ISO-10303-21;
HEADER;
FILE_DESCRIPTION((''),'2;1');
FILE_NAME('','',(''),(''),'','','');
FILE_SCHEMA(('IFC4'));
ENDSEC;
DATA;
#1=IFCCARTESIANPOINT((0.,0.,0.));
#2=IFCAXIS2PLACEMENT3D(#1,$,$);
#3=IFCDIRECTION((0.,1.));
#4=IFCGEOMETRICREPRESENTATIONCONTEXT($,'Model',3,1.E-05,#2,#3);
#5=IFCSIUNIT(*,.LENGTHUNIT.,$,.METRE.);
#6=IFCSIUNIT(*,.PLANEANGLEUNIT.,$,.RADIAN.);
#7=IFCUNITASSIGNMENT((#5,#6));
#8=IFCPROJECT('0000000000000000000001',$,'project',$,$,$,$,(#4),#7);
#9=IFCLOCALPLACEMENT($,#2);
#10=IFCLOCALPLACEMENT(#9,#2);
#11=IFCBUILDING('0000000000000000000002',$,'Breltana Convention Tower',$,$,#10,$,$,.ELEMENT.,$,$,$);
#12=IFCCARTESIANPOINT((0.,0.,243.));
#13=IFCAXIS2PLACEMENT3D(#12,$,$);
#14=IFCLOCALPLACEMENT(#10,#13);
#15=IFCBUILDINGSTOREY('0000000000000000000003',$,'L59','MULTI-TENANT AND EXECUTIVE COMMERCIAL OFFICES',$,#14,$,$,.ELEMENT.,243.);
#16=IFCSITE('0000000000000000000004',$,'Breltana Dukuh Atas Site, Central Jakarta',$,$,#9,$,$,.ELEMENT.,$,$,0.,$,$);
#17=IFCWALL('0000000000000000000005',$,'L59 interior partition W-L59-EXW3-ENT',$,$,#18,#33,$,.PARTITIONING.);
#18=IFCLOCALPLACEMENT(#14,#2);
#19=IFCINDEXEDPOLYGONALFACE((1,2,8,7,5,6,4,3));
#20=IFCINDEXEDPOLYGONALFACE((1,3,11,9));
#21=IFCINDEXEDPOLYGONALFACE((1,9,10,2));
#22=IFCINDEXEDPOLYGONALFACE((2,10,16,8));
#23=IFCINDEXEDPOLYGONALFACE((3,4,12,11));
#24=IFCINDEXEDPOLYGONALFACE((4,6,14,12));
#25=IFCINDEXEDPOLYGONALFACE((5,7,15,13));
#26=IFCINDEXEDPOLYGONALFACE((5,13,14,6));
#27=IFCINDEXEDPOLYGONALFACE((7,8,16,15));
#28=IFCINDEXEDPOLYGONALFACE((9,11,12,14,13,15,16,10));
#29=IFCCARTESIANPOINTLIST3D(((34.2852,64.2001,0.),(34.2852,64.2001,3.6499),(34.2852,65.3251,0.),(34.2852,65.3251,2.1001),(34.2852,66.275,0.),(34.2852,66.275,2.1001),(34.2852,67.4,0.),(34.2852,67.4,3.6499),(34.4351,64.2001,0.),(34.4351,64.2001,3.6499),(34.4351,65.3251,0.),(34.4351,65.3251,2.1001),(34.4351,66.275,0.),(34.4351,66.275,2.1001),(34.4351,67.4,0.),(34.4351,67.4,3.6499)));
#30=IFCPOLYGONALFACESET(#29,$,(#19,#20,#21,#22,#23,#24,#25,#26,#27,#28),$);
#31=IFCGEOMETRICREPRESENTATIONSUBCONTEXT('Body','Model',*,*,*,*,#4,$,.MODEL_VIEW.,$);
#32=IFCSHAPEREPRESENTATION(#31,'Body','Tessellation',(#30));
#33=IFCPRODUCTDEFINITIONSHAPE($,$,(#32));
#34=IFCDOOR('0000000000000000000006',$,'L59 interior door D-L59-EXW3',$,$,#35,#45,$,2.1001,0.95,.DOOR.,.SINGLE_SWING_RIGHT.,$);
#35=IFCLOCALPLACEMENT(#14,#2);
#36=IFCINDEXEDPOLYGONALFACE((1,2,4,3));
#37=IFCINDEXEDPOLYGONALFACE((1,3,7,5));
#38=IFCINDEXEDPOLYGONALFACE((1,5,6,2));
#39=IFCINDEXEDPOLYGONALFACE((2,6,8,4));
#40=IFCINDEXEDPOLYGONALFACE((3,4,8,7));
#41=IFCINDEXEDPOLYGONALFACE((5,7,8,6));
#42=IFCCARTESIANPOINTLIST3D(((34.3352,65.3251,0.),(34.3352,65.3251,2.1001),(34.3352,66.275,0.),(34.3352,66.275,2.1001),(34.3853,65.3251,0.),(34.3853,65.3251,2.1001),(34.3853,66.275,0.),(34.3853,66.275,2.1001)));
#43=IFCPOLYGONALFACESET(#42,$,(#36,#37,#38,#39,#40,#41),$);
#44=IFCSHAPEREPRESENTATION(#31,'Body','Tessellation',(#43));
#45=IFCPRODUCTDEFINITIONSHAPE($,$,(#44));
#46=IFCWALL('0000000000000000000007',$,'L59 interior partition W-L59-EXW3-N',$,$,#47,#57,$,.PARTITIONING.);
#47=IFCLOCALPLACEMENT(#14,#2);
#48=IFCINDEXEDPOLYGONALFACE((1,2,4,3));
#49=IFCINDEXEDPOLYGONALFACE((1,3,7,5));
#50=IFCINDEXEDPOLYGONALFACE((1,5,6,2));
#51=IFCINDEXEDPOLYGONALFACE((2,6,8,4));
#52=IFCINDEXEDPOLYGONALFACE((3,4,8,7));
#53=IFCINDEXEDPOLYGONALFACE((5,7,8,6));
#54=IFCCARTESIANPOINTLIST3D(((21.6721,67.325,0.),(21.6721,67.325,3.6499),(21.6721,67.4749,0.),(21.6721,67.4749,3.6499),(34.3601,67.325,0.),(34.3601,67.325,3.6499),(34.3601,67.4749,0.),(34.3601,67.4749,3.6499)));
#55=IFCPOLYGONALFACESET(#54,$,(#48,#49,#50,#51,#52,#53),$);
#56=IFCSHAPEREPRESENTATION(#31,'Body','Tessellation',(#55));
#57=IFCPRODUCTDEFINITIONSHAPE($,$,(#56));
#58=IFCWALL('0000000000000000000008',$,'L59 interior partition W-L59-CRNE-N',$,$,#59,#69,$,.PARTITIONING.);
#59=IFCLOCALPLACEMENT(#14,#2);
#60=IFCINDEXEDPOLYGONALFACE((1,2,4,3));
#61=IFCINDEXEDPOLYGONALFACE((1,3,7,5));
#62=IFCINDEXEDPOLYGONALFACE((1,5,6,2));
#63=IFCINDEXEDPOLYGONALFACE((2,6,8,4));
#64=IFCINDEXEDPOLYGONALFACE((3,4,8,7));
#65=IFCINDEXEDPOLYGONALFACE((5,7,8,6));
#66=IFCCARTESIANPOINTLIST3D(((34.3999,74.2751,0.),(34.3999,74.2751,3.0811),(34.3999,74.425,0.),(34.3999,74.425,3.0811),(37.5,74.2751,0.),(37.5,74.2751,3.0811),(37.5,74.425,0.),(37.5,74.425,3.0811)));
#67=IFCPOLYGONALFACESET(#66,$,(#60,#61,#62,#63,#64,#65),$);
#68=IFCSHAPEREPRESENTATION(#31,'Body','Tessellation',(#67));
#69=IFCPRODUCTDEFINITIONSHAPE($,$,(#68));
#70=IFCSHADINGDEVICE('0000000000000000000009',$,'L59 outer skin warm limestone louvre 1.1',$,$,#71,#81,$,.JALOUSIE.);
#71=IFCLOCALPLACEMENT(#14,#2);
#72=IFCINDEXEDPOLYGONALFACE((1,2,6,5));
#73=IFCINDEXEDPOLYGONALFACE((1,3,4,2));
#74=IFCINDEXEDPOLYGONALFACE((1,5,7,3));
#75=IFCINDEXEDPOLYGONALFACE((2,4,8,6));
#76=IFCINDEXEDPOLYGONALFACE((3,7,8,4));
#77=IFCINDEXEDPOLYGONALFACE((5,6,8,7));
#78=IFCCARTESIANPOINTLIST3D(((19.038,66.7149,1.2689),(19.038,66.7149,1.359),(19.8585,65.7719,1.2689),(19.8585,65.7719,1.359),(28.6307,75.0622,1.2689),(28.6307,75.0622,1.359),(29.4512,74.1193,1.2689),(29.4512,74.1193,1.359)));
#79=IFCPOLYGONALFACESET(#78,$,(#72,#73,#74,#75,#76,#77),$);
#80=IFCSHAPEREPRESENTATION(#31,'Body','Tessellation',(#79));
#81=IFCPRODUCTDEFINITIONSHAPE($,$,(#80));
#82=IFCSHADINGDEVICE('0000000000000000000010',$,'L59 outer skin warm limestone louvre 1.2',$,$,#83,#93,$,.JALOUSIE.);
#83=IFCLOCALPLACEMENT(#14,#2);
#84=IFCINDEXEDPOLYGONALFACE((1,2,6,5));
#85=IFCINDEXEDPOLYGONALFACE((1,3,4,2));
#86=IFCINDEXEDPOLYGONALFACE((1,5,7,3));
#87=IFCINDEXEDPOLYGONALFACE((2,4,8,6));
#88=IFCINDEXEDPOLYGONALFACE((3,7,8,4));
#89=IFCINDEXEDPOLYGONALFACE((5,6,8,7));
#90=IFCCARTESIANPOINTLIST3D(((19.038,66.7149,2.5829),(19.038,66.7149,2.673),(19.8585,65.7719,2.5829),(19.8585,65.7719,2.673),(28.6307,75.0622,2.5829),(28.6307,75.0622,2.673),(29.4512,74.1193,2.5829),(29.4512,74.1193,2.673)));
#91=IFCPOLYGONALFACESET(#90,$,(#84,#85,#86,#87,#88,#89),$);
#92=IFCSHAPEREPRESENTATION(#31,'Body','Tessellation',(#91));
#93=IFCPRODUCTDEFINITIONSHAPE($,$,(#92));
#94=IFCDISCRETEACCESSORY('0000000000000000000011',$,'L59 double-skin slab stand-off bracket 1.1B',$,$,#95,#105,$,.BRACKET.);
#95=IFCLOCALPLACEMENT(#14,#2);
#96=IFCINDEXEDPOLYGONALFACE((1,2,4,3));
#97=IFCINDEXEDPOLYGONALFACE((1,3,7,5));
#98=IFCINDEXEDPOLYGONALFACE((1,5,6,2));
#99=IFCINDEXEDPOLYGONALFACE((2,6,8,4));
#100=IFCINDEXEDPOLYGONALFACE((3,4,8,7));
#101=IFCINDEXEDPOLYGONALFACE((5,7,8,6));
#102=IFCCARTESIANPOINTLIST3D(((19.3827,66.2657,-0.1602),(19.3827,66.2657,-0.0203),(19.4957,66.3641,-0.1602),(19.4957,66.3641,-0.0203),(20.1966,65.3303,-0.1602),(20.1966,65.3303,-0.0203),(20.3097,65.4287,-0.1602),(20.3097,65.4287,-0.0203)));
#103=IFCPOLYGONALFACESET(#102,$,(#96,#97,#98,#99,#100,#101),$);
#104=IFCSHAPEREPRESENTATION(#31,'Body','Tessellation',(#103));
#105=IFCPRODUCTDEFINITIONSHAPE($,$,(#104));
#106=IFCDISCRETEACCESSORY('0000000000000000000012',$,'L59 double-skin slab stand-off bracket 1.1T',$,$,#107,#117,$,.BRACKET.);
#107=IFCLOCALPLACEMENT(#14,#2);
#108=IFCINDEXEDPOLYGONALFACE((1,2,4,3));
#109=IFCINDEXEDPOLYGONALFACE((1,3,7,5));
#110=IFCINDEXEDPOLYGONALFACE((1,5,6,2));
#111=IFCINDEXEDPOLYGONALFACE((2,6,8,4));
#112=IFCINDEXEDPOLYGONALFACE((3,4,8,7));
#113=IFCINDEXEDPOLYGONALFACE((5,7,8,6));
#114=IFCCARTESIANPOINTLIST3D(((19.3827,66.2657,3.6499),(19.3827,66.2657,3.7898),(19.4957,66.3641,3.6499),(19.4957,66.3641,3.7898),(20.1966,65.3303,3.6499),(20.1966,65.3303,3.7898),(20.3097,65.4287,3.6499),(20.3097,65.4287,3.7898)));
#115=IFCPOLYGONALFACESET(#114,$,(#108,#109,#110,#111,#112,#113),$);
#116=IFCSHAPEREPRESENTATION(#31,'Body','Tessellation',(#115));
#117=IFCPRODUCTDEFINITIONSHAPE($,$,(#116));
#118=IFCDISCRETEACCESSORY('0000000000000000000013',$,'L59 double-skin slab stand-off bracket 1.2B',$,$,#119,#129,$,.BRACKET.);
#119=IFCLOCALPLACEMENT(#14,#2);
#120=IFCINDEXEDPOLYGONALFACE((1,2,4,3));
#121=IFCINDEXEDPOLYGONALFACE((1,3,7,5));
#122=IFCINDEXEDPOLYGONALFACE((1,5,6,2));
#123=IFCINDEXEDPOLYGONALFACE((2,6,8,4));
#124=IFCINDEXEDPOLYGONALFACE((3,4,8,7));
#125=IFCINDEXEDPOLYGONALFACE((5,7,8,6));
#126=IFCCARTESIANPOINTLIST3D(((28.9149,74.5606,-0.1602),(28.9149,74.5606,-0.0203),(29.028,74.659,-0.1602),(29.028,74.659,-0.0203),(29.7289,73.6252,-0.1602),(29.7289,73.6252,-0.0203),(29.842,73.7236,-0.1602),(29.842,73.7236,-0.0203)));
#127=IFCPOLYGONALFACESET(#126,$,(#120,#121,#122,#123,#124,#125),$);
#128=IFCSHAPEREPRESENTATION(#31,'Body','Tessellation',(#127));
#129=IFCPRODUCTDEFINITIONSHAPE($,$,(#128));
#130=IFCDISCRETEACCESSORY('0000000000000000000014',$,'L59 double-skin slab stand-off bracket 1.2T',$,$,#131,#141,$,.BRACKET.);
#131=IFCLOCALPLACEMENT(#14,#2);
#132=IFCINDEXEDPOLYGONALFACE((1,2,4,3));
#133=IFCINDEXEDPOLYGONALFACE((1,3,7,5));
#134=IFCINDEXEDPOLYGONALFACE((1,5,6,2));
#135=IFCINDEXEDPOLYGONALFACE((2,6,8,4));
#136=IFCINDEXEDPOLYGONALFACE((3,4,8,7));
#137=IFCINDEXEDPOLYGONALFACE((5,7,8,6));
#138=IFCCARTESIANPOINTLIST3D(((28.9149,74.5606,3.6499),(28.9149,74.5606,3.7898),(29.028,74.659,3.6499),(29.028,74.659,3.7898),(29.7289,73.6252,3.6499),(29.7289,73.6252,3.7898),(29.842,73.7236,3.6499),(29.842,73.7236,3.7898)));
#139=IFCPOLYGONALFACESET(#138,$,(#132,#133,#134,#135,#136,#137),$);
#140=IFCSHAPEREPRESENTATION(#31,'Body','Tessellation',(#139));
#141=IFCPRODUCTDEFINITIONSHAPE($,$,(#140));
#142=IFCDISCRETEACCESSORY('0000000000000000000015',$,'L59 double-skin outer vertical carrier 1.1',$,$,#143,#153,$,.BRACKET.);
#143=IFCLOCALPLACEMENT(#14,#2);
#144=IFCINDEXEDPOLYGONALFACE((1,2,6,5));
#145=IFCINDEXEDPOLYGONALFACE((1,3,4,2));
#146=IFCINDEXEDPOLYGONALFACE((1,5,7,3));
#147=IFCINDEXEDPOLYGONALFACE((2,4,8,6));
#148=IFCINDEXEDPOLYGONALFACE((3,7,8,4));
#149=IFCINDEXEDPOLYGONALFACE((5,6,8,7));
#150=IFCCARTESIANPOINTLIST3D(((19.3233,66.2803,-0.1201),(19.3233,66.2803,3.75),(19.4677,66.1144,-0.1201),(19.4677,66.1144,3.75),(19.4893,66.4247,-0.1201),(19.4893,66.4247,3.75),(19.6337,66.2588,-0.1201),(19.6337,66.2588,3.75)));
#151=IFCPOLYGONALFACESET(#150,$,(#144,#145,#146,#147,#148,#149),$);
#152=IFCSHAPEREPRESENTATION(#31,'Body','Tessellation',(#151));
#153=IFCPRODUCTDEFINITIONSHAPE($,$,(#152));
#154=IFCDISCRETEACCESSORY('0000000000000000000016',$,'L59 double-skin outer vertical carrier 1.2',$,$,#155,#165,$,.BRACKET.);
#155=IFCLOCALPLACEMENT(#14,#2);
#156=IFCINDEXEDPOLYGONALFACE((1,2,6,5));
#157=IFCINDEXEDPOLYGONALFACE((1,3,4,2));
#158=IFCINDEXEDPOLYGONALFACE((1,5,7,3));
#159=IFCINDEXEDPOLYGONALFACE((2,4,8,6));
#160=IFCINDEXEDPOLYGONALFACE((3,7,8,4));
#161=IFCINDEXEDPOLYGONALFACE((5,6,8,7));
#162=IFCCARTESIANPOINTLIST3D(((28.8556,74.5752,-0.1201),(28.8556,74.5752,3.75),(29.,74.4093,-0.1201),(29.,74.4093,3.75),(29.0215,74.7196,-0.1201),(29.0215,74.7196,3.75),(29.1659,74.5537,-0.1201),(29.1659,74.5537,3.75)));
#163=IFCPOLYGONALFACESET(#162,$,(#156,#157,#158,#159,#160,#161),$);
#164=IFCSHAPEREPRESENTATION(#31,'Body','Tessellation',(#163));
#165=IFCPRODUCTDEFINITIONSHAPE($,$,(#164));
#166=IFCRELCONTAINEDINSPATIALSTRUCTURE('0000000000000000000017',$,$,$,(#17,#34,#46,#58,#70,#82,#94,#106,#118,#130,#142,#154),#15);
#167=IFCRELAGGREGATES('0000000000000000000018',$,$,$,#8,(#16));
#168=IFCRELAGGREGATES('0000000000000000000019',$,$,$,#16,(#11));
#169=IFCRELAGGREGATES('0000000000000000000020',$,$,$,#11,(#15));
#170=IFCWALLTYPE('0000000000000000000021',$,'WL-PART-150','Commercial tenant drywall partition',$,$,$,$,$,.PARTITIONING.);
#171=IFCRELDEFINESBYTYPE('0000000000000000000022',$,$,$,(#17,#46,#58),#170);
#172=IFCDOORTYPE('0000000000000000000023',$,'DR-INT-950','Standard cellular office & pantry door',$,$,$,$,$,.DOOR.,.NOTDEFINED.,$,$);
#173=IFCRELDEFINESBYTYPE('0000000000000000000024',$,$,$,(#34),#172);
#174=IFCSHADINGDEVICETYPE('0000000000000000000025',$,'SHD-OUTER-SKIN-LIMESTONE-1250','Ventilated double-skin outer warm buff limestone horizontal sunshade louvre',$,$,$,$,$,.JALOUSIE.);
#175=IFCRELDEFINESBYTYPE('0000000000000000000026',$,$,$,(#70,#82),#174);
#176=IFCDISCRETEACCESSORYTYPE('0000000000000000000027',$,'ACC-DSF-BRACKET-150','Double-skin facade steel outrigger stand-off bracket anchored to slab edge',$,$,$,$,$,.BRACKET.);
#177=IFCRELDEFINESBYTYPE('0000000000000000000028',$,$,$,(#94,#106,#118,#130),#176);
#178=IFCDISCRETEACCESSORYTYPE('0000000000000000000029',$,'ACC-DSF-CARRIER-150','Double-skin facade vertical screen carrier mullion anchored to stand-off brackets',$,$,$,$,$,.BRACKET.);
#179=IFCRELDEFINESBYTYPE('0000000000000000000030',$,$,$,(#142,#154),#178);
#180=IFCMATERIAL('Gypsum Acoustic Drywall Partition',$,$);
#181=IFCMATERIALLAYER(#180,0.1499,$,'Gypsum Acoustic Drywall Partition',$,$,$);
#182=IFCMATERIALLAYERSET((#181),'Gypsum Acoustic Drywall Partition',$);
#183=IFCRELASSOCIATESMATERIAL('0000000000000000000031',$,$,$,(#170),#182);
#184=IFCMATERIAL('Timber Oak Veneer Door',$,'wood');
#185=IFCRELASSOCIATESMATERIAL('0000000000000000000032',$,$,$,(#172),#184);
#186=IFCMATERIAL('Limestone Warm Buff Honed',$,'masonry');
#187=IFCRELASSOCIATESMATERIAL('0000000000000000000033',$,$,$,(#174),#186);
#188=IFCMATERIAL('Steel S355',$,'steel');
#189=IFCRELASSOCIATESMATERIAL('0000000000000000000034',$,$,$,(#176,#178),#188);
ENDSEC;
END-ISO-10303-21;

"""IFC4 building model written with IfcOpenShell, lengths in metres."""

from ifc_helpers import new_model, si_unit, direction, frame, frame_2d, origin, origin_2d, place, context, subcontext, project, spatial, rectangle, extrude, source, transform, mapped, material, layer, layer_set, material_profile, profile_set, type_object, type_shapes, element, fill, save


model = new_model("IFC4")

# Units and contexts
model_context = context("Model", 3, precision=1e-05, world=origin(), true_north=direction((0.0, 1.0)))
body_context = subcontext(model_context, "Body", "Model", "MODEL_VIEW")
ifc_project = project(units=[si_unit("LENGTHUNIT", "METRE"), si_unit("PLANEANGLEUNIT", "RADIAN")], contexts=[model_context])

# Site, building, storey
site_placement = place(None, origin())
site = spatial("IfcSite", under=ifc_project, at=site_placement, Name="Breltana Dukuh Atas Site, Central Jakarta", CompositionType="ELEMENT", RefElevation=0.0)
building_placement = place(site_placement, origin())
building = spatial("IfcBuilding", under=site, at=building_placement, Name="Breltana Convention Tower", CompositionType="ELEMENT")
storey_placement = place(building_placement, frame((0.0, 0.0, 243.0)))
storey = spatial("IfcBuildingStorey", under=building, at=storey_placement, Name="L59", Description="MULTI-TENANT AND EXECUTIVE COMMERCIAL OFFICES", CompositionType="ELEMENT", Elevation=243.0)

# Shared definitions
ifc_material_1 = material(Name="Gypsum Acoustic Drywall Partition")
ifc_layer_1 = layer(ifc_material_1, 0.1499, Name="Gypsum Acoustic Drywall Partition")
ifc_layer_set_1 = layer_set([ifc_layer_1], Name="Gypsum Acoustic Drywall Partition")
wall_type_1 = type_object("IfcWallType", Name="WL-PART-150", Description="Commercial tenant drywall partition", PredefinedType="PARTITIONING", material=ifc_layer_set_1)

# Shared definitions
ifc_material_2 = material(Name="Timber Oak Veneer Door", Category="wood")
door_type = type_object("IfcDoorType", Name="DR-INT-950", Description="Standard cellular office & pantry door", OperationType="NOTDEFINED", PredefinedType="DOOR", material=ifc_material_2)
shared_shape_1 = source(origin(), body_context, "Body", "SweptSolid", [
    extrude(rectangle(XDim=0.95, YDim=2.1001, at=frame_2d((0.4751, 1.05))), frame((0.0, 0.0249, 0.0), z_axis=(0.0, -1.0, 0.0), x_axis=(1.0, 0.0, 0.0)), (0.0, 0.0, 1.0), 0.05),
])
type_shapes(door_type, [shared_shape_1])

# Wall, opening, door
shared_shape_2 = source(origin(), body_context, "Body", "SweptSolid", [
    extrude(rectangle(XDim=3.2, YDim=0.1499, at=frame_2d((1.6001, 0.0))), origin(), (0.0, 0.0, 1.0), 3.6499),
])
wall_1_placement = place(storey_placement, frame((34.3601, 64.2, 0.0), z_axis=(0.0, 0.0, 1.0), x_axis=(0.0, 1.0, 0.0)))
wall_1 = element("IfcWall", 1, at=wall_1_placement, inside=storey, type_object=wall_type_1, Name="L59 interior partition W-L59-EXW3-ENT", PredefinedType="PARTITIONING", context=body_context, shape_type="MappedRepresentation", body=[
    mapped(shared_shape_2, transform((0.0, 0.0, 0.0), scale=1.0)),
])
opening_1_placement = place(wall_1_placement, frame((1.125, 0.0, 0.0)))
opening_1 = element("IfcOpeningElement", 2, at=opening_1_placement, cuts=wall_1, PredefinedType="OPENING", context=body_context, shape_type="SweptSolid", body=[
    extrude(rectangle(XDim=0.95, YDim=2.1001, at=frame_2d((0.4751, 1.05))), frame((0.0, 0.085, 0.0), z_axis=(0.0, -1.0, 0.0), x_axis=(1.0, 0.0, 0.0)), (0.0, 0.0, 1.0), 0.1699),
])
door_1_placement = place(opening_1_placement, origin())
door_1 = element("IfcDoor", 3, at=door_1_placement, inside=storey, type_object=door_type, Name="L59 interior door D-L59-EXW3", OperationType="SINGLE_SWING_RIGHT", OverallHeight=2.1001, OverallWidth=0.95, PredefinedType="DOOR", context=body_context, shape_type="MappedRepresentation", body=[
    mapped(shared_shape_1, transform((0.0, 0.0, 0.0), scale=1.0)),
])
fill(opening_1, door_1)

# Walls
shared_shape_3 = source(origin(), body_context, "Body", "SweptSolid", [
    extrude(rectangle(XDim=12.688, YDim=0.1499, at=frame_2d((6.344, 0.0))), origin(), (0.0, 0.0, 1.0), 3.6499),
])
wall_2_placement = place(storey_placement, frame((21.6721, 67.3999, 0.0), z_axis=(0.0, 0.0, 1.0), x_axis=(1.0, 0.0, 0.0)))
element("IfcWall", 4, at=wall_2_placement, inside=storey, type_object=wall_type_1, Name="L59 interior partition W-L59-EXW3-N", PredefinedType="PARTITIONING", context=body_context, shape_type="MappedRepresentation", body=[
    mapped(shared_shape_3, transform((0.0, 0.0, 0.0), scale=1.0)),
])
shared_shape_4 = source(origin(), body_context, "Body", "SweptSolid", [
    extrude(rectangle(XDim=3.1001, YDim=0.1499, at=frame_2d((1.55, 0.0))), origin(), (0.0, 0.0, 1.0), 3.0811),
])
wall_3_placement = place(storey_placement, frame((34.3999, 74.3501, 0.0), z_axis=(0.0, 0.0, 1.0), x_axis=(1.0, 0.0, 0.0)))
element("IfcWall", 5, at=wall_3_placement, inside=storey, type_object=wall_type_1, Name="L59 interior partition W-L59-CRNE-N", PredefinedType="PARTITIONING", context=body_context, shape_type="MappedRepresentation", body=[
    mapped(shared_shape_4, transform((0.0, 0.0, 0.0), scale=1.0)),
])

# Shading devices
ifc_material_3 = material(Name="Limestone Warm Buff Honed", Category="masonry")
ifc_material_profile_1 = material_profile(ifc_material_3, rectangle(XDim=1.25, YDim=0.0901, at=origin_2d()), Name="STN-LVR-1250X90")
ifc_profile_set_1 = profile_set([ifc_material_profile_1], Name="Limestone Warm Buff Honed")
shading_device_type = type_object("IfcShadingDeviceType", Name="SHD-OUTER-SKIN-LIMESTONE-1250", Description="Ventilated double-skin outer warm buff limestone horizontal sunshade louvre", PredefinedType="JALOUSIE", material=ifc_profile_set_1)
shared_shape_5 = source(origin(), body_context, "Body", "SweptSolid", [
    extrude(rectangle(XDim=1.25, YDim=0.0901, at=origin_2d()), origin(), (0.0, 0.0, 1.0), 12.7161),
])
for number, where, z_axis, x_axis, name in (
    (6, (19.4482, 66.2434, 1.314), (0.754377, 0.656442, 0.0), (-0.656442, 0.754377, 0.0), "L59 outer skin warm limestone louvre 1.1"),
    (7, (19.4482, 66.2434, 2.6279), (0.754377, 0.656442, 0.0), (-0.656442, 0.754377, 0.0), "L59 outer skin warm limestone louvre 1.2"),
):
    element("IfcShadingDevice", number, at=place(storey_placement, frame(where, z_axis=z_axis, x_axis=x_axis)), inside=storey, type_object=shading_device_type, Name=name, PredefinedType="JALOUSIE", context=body_context, shape_type="MappedRepresentation", body=[
        mapped(shared_shape_5, transform((0.0, 0.0, 0.0), scale=1.0)),
    ])

# Discrete accessories
ifc_material_4 = material(Name="Steel S355", Category="steel")
discrete_accessory_type_1 = type_object("IfcDiscreteAccessoryType", Name="ACC-DSF-BRACKET-150", Description="Double-skin facade steel outrigger stand-off bracket anchored to slab edge", PredefinedType="BRACKET", material=ifc_material_4)
shared_shape_6 = source(origin(), body_context, "Body", "SweptSolid", [
    extrude(rectangle(XDim=1.24, YDim=0.1499, at=origin_2d()), origin(), (0.0, 0.0, 1.0), 0.1399),
])
type_shapes(discrete_accessory_type_1, [shared_shape_6])
for number, where, z_axis, x_axis, name in (
    (8, (19.8462, 65.8472, -0.1602), (0.0, 0.0, 1.0), (-0.65645, 0.754369, 0.0), "L59 double-skin slab stand-off bracket 1.1B"),
    (9, (19.8462, 65.8472, 3.6499), (0.0, 0.0, 1.0), (-0.65645, 0.754369, 0.0), "L59 double-skin slab stand-off bracket 1.1T"),
    (10, (29.3784, 74.1421, -0.1602), (0.0, 0.0, 1.0), (-0.65645, 0.754369, 0.0), "L59 double-skin slab stand-off bracket 1.2B"),
    (11, (29.3784, 74.1421, 3.6499), (0.0, 0.0, 1.0), (-0.65645, 0.754369, 0.0), "L59 double-skin slab stand-off bracket 1.2T"),
):
    element("IfcDiscreteAccessory", number, at=place(storey_placement, frame(where, z_axis=z_axis, x_axis=x_axis)), inside=storey, type_object=discrete_accessory_type_1, Name=name, PredefinedType="BRACKET", context=body_context, shape_type="MappedRepresentation", body=[
        mapped(shared_shape_6, transform((0.0, 0.0, 0.0), scale=1.0)),
    ])
discrete_accessory_type_2 = type_object("IfcDiscreteAccessoryType", Name="ACC-DSF-CARRIER-150", Description="Double-skin facade vertical screen carrier mullion anchored to stand-off brackets", PredefinedType="BRACKET", material=ifc_material_4)
shared_shape_7 = source(origin(), body_context, "Body", "SweptSolid", [
    extrude(rectangle(XDim=0.22, YDim=0.22, at=origin_2d()), origin(), (0.0, 0.0, 1.0), 3.8701),
])
for number, where, z_axis, x_axis, name in (
    (12, (19.4785, 66.2695, -0.1201), (0.0, 0.0, 1.0), (-0.65645, 0.754369, 0.0), "L59 double-skin outer vertical carrier 1.1"),
    (13, (29.0107, 74.5645, -0.1201), (0.0, 0.0, 1.0), (-0.65645, 0.754369, 0.0), "L59 double-skin outer vertical carrier 1.2"),
):
    element("IfcDiscreteAccessory", number, at=place(storey_placement, frame(where, z_axis=z_axis, x_axis=x_axis)), inside=storey, type_object=discrete_accessory_type_2, Name=name, PredefinedType="BRACKET", context=body_context, shape_type="MappedRepresentation", body=[
        mapped(shared_shape_7, transform((0.0, 0.0, 0.0), scale=1.0)),
    ])

save(model, "model.ifc")
